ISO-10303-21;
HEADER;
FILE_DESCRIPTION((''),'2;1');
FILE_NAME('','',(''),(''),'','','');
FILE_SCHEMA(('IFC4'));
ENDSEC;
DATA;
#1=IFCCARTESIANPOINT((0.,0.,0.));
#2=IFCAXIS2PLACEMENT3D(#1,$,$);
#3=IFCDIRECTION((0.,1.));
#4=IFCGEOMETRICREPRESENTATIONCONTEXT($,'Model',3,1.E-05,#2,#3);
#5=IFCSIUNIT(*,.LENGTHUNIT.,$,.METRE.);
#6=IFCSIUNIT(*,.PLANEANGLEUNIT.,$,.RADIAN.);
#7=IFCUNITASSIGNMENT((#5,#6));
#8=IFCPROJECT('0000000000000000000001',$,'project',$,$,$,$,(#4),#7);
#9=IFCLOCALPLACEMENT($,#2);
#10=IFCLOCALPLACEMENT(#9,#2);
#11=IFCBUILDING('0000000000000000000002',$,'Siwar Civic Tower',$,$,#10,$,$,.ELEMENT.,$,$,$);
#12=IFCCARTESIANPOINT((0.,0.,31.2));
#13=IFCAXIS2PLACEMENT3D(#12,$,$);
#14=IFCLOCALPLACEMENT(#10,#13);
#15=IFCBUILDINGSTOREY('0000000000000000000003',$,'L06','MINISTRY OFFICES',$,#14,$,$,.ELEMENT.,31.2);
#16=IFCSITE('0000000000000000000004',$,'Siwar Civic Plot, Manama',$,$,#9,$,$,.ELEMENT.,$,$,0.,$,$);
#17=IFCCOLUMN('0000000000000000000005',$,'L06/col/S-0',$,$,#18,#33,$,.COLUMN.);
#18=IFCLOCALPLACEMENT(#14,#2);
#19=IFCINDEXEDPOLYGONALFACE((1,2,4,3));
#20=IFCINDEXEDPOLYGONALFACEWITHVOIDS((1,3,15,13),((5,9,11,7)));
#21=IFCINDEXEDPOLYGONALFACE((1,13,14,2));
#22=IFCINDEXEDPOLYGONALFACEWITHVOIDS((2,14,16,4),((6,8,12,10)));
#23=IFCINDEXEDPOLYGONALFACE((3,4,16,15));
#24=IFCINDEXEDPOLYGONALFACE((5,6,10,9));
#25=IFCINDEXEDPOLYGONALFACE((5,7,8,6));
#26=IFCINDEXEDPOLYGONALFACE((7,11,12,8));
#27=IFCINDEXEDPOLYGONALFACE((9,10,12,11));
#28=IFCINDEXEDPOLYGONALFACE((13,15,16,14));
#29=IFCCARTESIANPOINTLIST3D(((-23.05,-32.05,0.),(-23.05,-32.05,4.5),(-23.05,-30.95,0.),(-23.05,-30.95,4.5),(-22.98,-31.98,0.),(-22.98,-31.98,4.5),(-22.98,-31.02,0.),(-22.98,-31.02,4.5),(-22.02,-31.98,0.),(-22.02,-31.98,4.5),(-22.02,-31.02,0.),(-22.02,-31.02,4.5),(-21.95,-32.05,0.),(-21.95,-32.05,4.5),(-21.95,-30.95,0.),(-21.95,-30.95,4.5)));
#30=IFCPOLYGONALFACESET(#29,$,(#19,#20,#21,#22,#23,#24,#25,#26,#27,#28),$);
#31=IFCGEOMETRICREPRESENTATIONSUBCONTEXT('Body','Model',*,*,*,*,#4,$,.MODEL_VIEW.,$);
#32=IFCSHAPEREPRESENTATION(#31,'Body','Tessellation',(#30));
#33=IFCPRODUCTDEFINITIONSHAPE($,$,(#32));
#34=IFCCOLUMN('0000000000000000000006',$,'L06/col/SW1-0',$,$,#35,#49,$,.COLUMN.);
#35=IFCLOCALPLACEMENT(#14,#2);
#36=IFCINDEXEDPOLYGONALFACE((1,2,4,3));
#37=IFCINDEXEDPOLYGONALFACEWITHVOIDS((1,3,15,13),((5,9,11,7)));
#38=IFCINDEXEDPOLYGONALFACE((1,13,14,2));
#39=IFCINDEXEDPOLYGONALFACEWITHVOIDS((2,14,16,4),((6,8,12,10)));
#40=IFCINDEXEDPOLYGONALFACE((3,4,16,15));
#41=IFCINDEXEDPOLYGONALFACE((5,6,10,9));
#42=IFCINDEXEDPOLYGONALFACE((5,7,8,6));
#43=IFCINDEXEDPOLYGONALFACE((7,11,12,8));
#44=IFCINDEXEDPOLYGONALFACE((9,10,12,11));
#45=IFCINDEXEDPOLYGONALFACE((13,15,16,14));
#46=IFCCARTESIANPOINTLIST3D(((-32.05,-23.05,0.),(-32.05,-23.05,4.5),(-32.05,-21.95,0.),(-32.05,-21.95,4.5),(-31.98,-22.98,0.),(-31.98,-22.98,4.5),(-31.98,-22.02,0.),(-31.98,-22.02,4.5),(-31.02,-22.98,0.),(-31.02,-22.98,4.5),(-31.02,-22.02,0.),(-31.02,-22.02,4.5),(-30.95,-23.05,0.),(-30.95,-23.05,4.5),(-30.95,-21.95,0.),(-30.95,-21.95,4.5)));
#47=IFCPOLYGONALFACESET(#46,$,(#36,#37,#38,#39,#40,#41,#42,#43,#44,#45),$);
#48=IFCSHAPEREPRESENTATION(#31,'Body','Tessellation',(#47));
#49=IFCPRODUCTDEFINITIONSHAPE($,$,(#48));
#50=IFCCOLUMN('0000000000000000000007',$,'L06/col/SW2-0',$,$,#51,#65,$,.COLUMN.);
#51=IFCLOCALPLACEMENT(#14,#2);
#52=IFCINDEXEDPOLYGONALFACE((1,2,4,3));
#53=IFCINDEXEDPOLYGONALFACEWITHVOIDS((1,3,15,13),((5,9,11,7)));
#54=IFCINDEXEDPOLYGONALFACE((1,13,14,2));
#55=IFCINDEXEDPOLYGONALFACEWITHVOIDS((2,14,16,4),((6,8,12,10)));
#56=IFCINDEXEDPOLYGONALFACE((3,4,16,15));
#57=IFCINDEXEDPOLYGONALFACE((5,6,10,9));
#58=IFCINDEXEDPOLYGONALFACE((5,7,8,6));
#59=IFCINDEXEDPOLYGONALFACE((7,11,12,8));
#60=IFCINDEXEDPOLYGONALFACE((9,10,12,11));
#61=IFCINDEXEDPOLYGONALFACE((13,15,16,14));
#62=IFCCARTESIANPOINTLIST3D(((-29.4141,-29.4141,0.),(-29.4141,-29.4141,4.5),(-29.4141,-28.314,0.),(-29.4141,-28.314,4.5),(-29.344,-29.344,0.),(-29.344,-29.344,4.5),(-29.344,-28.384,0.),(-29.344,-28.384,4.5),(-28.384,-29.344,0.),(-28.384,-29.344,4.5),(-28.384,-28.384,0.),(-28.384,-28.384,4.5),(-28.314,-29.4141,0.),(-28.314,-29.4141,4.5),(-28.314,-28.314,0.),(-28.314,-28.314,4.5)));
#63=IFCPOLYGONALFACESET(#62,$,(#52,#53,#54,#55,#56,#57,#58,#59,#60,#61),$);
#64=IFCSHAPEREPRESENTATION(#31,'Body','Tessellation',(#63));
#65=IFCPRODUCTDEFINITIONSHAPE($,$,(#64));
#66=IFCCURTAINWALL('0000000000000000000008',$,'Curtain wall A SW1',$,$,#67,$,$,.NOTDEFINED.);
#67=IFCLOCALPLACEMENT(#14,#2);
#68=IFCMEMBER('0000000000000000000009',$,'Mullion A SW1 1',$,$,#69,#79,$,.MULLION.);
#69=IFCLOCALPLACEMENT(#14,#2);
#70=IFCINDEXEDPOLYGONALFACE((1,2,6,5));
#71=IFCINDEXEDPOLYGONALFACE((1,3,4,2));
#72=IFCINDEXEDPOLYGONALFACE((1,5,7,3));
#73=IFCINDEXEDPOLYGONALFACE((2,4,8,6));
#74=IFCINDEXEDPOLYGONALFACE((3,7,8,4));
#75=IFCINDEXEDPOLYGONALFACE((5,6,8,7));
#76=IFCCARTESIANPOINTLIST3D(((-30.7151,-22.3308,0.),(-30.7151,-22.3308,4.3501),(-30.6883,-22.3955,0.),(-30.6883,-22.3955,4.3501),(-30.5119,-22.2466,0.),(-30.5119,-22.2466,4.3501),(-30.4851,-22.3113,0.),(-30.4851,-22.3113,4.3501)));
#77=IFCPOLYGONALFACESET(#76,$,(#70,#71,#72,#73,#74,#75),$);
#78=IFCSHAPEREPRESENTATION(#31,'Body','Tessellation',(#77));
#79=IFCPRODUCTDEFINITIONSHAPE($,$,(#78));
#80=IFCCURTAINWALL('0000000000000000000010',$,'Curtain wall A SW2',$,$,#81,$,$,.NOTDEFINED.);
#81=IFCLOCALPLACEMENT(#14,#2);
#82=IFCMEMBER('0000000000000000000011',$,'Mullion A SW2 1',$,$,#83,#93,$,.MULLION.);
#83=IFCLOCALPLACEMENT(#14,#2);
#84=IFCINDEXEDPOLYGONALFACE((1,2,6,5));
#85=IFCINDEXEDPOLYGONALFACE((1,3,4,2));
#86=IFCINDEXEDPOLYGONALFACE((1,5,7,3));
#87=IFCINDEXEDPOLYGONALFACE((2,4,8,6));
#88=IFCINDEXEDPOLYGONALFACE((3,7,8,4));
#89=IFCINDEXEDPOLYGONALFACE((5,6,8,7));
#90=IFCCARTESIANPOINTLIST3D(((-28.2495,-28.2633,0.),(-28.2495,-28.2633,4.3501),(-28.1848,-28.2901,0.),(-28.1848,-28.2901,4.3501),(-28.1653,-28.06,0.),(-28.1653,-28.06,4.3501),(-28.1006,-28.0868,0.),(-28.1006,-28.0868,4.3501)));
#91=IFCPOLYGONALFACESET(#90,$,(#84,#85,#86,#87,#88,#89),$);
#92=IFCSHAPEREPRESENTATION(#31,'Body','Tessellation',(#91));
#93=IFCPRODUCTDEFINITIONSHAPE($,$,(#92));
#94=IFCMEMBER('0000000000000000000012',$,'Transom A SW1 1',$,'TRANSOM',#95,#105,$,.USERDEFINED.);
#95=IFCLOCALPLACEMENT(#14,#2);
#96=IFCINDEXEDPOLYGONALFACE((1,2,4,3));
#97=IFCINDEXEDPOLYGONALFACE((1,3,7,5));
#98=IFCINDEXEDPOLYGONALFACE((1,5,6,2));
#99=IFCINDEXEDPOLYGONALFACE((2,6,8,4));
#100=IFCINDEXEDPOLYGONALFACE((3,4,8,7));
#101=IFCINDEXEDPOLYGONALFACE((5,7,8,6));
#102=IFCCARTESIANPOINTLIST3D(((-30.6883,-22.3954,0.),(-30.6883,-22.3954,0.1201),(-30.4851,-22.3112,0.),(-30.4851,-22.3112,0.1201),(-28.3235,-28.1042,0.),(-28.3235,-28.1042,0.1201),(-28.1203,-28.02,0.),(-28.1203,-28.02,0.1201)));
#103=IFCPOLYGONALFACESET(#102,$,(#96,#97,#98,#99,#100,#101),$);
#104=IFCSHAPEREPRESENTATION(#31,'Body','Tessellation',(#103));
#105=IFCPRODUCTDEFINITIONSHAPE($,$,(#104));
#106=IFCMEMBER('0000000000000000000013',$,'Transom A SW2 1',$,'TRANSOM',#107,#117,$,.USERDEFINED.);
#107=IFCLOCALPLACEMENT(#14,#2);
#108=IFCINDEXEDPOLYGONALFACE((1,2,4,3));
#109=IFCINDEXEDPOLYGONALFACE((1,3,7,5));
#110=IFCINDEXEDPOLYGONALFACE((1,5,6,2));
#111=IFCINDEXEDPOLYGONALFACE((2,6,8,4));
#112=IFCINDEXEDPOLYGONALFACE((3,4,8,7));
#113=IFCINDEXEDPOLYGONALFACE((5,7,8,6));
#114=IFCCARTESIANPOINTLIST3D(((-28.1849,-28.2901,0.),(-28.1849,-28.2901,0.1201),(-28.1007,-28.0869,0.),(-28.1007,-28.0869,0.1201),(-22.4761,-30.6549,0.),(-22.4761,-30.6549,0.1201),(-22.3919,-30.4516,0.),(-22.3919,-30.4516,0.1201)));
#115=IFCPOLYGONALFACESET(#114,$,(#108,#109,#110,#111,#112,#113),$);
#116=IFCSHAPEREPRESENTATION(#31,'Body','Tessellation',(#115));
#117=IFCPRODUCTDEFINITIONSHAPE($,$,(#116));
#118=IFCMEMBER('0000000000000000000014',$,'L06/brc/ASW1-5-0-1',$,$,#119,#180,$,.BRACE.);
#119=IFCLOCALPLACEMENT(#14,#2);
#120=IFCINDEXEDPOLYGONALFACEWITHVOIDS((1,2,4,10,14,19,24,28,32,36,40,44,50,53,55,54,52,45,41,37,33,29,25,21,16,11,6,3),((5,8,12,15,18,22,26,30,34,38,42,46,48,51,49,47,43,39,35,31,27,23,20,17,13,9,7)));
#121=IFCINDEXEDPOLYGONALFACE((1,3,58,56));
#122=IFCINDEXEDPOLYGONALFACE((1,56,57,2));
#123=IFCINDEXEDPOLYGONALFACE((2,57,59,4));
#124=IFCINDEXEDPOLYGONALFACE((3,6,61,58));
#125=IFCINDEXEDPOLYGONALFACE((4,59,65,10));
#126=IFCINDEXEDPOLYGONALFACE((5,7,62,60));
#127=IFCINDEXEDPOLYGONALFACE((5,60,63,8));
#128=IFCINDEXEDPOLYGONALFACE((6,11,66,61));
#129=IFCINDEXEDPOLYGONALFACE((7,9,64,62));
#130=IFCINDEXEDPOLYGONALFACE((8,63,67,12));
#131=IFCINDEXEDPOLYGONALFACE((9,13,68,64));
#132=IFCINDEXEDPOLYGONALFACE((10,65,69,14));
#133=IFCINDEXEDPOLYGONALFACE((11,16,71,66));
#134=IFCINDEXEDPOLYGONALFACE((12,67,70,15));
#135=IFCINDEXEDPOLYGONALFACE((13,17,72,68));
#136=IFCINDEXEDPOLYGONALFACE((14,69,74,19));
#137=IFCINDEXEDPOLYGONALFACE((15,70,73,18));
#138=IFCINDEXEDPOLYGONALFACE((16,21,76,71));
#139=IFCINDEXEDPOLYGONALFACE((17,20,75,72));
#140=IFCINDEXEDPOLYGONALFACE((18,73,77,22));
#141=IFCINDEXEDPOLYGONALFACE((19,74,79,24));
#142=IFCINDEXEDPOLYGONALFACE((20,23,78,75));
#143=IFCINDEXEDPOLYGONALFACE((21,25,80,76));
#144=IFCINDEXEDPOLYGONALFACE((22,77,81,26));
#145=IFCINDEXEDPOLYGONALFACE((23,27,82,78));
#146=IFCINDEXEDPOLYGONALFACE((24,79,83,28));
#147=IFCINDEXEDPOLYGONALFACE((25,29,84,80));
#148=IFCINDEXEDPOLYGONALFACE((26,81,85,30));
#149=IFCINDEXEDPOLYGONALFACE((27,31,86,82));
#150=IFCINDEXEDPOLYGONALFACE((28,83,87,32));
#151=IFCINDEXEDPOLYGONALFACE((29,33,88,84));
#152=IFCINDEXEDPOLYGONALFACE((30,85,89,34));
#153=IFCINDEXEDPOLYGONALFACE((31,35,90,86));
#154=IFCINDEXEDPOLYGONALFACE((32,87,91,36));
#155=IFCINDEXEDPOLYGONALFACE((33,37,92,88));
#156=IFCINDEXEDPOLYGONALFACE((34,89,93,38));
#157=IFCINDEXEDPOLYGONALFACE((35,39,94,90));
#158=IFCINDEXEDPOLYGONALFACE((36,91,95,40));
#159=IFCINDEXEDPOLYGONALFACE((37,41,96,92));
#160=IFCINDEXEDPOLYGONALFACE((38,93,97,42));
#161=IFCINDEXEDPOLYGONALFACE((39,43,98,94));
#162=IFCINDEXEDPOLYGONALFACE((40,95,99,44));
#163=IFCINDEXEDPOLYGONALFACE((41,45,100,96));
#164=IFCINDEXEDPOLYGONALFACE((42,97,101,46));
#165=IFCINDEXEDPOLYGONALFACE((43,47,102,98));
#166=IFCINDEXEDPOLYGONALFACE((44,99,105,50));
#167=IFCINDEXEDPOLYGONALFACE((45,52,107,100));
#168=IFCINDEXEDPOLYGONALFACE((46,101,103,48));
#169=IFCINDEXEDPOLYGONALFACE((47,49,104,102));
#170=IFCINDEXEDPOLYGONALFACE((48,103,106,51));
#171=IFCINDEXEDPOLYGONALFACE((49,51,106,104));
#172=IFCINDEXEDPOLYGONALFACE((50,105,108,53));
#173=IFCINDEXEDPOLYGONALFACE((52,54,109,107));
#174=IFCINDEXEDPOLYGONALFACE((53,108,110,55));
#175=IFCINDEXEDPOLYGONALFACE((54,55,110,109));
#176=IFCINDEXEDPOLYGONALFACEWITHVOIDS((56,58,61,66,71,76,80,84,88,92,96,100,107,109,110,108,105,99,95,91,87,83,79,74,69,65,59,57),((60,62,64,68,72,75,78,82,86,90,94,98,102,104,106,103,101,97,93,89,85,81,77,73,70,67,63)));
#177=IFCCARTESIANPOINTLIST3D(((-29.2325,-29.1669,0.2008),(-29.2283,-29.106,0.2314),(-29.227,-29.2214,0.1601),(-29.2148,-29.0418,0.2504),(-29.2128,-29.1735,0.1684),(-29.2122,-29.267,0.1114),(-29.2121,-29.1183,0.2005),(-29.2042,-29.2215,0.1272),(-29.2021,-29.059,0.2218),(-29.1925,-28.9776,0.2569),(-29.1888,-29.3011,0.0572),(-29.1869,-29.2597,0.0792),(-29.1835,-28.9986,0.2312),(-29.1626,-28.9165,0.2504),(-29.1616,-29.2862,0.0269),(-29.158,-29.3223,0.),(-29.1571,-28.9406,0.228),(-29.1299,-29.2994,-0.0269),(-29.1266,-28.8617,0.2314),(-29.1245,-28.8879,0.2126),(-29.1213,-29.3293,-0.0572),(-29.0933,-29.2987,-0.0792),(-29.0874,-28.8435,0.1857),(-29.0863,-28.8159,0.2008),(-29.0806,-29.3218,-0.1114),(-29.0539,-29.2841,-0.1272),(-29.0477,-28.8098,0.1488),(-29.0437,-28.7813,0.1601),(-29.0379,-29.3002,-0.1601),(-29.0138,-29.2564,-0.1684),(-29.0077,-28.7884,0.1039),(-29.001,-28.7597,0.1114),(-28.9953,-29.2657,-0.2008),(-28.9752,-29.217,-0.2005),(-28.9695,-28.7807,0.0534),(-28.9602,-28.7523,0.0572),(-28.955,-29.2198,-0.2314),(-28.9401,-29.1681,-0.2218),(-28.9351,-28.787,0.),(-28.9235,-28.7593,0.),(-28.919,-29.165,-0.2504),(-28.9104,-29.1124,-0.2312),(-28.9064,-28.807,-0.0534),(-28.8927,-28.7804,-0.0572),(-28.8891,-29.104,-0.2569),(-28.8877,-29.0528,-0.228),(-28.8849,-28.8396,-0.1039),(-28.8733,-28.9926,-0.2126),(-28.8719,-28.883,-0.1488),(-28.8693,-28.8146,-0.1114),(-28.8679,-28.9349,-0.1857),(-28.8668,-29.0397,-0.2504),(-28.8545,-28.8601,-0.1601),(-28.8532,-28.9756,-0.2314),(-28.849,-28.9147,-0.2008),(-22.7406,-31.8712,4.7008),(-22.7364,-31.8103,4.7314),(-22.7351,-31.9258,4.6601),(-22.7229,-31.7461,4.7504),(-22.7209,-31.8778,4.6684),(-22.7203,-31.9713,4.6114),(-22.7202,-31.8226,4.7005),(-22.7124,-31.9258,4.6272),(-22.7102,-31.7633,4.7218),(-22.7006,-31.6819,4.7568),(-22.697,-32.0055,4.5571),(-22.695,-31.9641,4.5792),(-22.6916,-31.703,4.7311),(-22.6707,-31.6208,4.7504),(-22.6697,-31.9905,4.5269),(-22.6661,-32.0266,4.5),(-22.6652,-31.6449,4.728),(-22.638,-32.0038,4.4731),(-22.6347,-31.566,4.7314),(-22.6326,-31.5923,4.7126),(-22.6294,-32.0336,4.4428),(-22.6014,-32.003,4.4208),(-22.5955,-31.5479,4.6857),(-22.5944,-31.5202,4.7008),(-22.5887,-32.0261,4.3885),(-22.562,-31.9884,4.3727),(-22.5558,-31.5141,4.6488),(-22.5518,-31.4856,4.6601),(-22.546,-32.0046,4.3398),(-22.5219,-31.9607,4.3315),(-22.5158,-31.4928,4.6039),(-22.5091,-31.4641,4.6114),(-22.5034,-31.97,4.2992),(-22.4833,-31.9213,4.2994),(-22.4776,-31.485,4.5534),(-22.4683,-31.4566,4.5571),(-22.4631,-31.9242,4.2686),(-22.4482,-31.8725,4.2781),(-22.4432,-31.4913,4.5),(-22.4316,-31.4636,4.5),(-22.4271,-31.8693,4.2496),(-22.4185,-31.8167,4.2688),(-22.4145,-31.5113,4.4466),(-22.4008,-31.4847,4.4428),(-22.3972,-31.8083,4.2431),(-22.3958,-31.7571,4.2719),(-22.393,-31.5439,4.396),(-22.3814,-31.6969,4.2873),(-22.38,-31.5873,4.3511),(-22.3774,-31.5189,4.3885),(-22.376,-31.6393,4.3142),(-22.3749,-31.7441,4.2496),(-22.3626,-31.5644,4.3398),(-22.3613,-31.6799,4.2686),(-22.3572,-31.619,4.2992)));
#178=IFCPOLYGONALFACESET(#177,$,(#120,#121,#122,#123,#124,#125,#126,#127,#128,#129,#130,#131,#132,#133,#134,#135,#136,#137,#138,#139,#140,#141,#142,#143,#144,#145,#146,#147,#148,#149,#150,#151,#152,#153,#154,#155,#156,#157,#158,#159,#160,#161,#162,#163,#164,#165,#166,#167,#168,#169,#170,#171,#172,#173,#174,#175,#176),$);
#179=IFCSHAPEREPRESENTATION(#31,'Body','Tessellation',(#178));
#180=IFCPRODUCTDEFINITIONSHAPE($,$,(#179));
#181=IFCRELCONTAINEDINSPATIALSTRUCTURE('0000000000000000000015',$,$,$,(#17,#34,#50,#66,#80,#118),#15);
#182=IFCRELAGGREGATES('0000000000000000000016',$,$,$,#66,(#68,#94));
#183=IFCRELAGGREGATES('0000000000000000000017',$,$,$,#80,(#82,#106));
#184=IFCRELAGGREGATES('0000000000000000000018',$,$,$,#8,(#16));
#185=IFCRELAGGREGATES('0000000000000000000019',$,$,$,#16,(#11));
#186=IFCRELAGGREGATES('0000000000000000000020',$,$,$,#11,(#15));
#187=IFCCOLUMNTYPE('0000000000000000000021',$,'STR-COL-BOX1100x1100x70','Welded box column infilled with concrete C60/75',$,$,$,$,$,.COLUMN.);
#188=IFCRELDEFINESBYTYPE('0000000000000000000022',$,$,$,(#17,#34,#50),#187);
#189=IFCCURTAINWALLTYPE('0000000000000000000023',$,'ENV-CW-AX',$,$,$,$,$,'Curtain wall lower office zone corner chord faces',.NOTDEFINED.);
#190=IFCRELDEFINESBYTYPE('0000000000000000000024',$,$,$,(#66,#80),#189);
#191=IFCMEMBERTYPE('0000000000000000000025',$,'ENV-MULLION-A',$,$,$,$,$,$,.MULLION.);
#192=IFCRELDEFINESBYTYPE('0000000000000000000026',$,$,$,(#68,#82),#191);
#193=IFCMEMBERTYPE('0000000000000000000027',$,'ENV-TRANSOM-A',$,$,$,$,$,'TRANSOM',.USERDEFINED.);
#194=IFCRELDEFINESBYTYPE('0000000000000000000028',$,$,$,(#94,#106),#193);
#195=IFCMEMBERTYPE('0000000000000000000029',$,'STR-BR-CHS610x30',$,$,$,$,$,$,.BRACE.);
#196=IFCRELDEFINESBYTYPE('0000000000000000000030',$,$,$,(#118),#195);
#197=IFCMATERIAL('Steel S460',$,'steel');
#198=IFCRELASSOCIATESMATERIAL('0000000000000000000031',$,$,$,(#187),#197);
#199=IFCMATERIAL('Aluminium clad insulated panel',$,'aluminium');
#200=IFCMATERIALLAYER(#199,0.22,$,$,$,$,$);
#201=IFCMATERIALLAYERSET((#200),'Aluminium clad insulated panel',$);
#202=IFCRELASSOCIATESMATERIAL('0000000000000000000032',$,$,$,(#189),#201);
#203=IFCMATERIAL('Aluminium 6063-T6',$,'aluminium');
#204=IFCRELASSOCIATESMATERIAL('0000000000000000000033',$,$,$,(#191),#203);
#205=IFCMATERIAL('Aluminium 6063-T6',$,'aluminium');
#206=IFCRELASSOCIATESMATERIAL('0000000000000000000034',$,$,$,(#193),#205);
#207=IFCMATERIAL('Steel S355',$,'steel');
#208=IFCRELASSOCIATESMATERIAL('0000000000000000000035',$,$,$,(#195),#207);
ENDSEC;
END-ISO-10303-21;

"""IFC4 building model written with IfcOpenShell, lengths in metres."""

from ifc_helpers import new_model, si_unit, direction, frame, origin, origin_2d, place, context, subcontext, project, spatial, rectangle, hollow_rectangle, hollow_circle, extrude, material, layer, layer_set, material_profile, profile_set, type_object, element, aggregate, save


model = new_model("IFC4")

# Units and contexts
model_context = context("Model", 3, precision=1e-05, world=origin(), true_north=direction((0.0, 1.0)))
body_context = subcontext(model_context, "Body", "Model", "MODEL_VIEW")
ifc_project = project(units=[si_unit("LENGTHUNIT", "METRE"), si_unit("PLANEANGLEUNIT", "RADIAN")], contexts=[model_context])

# Site, building, storey
site_placement = place(None, origin())
site = spatial("IfcSite", under=ifc_project, at=site_placement, Name="Siwar Civic Plot, Manama", CompositionType="ELEMENT", RefElevation=0.0)
building_placement = place(site_placement, origin())
building = spatial("IfcBuilding", under=site, at=building_placement, Name="Siwar Civic Tower", CompositionType="ELEMENT")
storey_placement = place(building_placement, frame((0.0, 0.0, 31.2)))
storey = spatial("IfcBuildingStorey", under=building, at=storey_placement, Name="L06", Description="MINISTRY OFFICES", CompositionType="ELEMENT", Elevation=31.2)

# Columns
ifc_material_1 = material(Name="Steel S460", Category="steel")
ifc_material_profile_1 = material_profile(ifc_material_1, hollow_rectangle(XDim=1.1001, YDim=1.1001, WallThickness=0.0701, at=origin_2d()), Name="BOX1100x1100x70")
ifc_profile_set_1 = profile_set([ifc_material_profile_1], Name="Steel S460")
column_type = type_object("IfcColumnType", Name="STR-COL-BOX1100x1100x70", Description="Welded box column infilled with concrete C60/75", PredefinedType="COLUMN", material=ifc_profile_set_1)
for number, where, z_axis, x_axis, name in (
    (1, (-22.5, -31.5, 0.0), (0.0, 0.0, 1.0), (1.0, 0.0, 0.0), "L06/col/S-0"),
    (2, (-31.5, -22.5, 0.0), (0.0, 0.0, 1.0), (1.0, 0.0, 0.0), "L06/col/SW1-0"),
    (3, (-28.864, -28.864, 0.0), (0.0, 0.0, 1.0), (1.0, 0.0, 0.0), "L06/col/SW2-0"),
):
    element("IfcColumn", number, at=place(storey_placement, frame(where, z_axis=z_axis, x_axis=x_axis)), inside=storey, type_object=column_type, Name=name, PredefinedType="COLUMN", context=body_context, shape_type="SweptSolid", body=[
        extrude(hollow_rectangle(XDim=1.1001, YDim=1.1001, WallThickness=0.0701, at=origin_2d()), origin(), (0.0, 0.0, 1.0), 4.5),
    ])

# Curtain walls, members
ifc_material_2 = material(Name="Aluminium clad insulated panel", Category="aluminium")
ifc_layer_1 = layer(ifc_material_2, 0.22)
ifc_layer_set_1 = layer_set([ifc_layer_1], Name="Aluminium clad insulated panel")
curtain_wall_type = type_object("IfcCurtainWallType", Name="ENV-CW-AX", ElementType="Curtain wall lower office zone corner chord faces", PredefinedType="NOTDEFINED", material=ifc_layer_set_1)
curtain_wall_1_placement = place(storey_placement, origin())
curtain_wall_1 = element("IfcCurtainWall", 4, at=curtain_wall_1_placement, inside=storey, type_object=curtain_wall_type, Name="Curtain wall A SW1", PredefinedType="NOTDEFINED")
ifc_material_3 = material(Name="Aluminium 6063-T6", Category="aluminium")
ifc_material_profile_2 = material_profile(ifc_material_3, rectangle(XDim=0.22, YDim=0.0701, at=origin_2d()), Name="AL 220x70")
ifc_profile_set_2 = profile_set([ifc_material_profile_2], Name="Aluminium 6063-T6")
member_type_1 = type_object("IfcMemberType", Name="ENV-MULLION-A", PredefinedType="MULLION", material=ifc_profile_set_2)
member_1_placement = place(storey_placement, frame((-30.6001, -22.321, 0.0), z_axis=(0.0, 0.0, 1.0), x_axis=(0.92388, 0.382683, 0.0)))
member_1 = element("IfcMember", 5, at=member_1_placement, type_object=member_type_1, Name="Mullion A SW1 1", PredefinedType="MULLION", context=body_context, shape_type="SweptSolid", body=[
    extrude(rectangle(XDim=0.22, YDim=0.0701, at=origin_2d()), origin(), (0.0, 0.0, 1.0), 4.3501),
])
curtain_wall_2_placement = place(storey_placement, origin())
curtain_wall_2 = element("IfcCurtainWall", 6, at=curtain_wall_2_placement, inside=storey, type_object=curtain_wall_type, Name="Curtain wall A SW2", PredefinedType="NOTDEFINED")
member_2_placement = place(storey_placement, frame((-28.175, -28.175, 0.0), z_axis=(0.0, 0.0, 1.0), x_axis=(0.382683, 0.92388, 0.0)))
member_2 = element("IfcMember", 7, at=member_2_placement, type_object=member_type_1, Name="Mullion A SW2 1", PredefinedType="MULLION", context=body_context, shape_type="SweptSolid", body=[
    extrude(rectangle(XDim=0.22, YDim=0.0701, at=origin_2d()), origin(), (0.0, 0.0, 1.0), 4.3501),
])

# Members
ifc_material_4 = material(Name="Aluminium 6063-T6", Category="aluminium")
ifc_material_profile_3 = material_profile(ifc_material_4, rectangle(XDim=0.22, YDim=0.1201, at=origin_2d()), Name="AL 220x120")
ifc_profile_set_3 = profile_set([ifc_material_profile_3], Name="Aluminium 6063-T6")
member_type_2 = type_object("IfcMemberType", Name="ENV-TRANSOM-A", ElementType="TRANSOM", PredefinedType="USERDEFINED", material=ifc_profile_set_3)
member_3_placement = place(storey_placement, frame((-30.5867, -22.3533, 0.0601), z_axis=(0.382698, -0.923873, 0.0), x_axis=(0.923873, 0.382698, 0.0)))
member_3 = element("IfcMember", 8, at=member_3_placement, type_object=member_type_2, Name="Transom A SW1 1", ObjectType="TRANSOM", PredefinedType="USERDEFINED", context=body_context, shape_type="SweptSolid", body=[
    extrude(rectangle(XDim=0.22, YDim=0.1201, at=origin_2d()), origin(), (0.0, 0.0, 1.0), 6.1792),
])
member_4_placement = place(storey_placement, frame((-28.1428, -28.1885, 0.0601), z_axis=(0.923873, -0.382698, 0.0), x_axis=(0.382698, 0.923873, 0.0)))
member_4 = element("IfcMember", 9, at=member_4_placement, type_object=member_type_2, Name="Transom A SW2 1", ObjectType="TRANSOM", PredefinedType="USERDEFINED", context=body_context, shape_type="SweptSolid", body=[
    extrude(rectangle(XDim=0.22, YDim=0.1201, at=origin_2d()), origin(), (0.0, 0.0, 1.0), 6.1792),
])

# Member
ifc_material_5 = material(Name="Steel S355", Category="steel")
ifc_material_profile_4 = material_profile(ifc_material_5, hollow_circle(Radius=0.3049, WallThickness=0.03, at=origin_2d()), Name="CHS610x30")
ifc_profile_set_4 = profile_set([ifc_material_profile_4], Name="Steel S355")
member_type_3 = type_object("IfcMemberType", Name="STR-BR-CHS610x30", PredefinedType="BRACE", material=ifc_profile_set_4)
member_5_placement = place(storey_placement, frame((-29.0408, -29.0408, 0.0), z_axis=(0.777555, -0.323906, 0.538975), x_axis=(0.384539, 0.923109, 0.0)))
element("IfcMember", 10, at=member_5_placement, inside=storey, type_object=member_type_3, Name="L06/brc/ASW1-5-0-1", PredefinedType="BRACE", context=body_context, shape_type="SweptSolid", body=[
    extrude(hollow_circle(Radius=0.3049, WallThickness=0.03, at=origin_2d()), origin(), (0.0, 0.0, 1.0), 8.3491),
])

aggregate(curtain_wall_1, [member_1, member_3])
aggregate(curtain_wall_2, [member_2, member_4])

save(model, "model.ifc")
